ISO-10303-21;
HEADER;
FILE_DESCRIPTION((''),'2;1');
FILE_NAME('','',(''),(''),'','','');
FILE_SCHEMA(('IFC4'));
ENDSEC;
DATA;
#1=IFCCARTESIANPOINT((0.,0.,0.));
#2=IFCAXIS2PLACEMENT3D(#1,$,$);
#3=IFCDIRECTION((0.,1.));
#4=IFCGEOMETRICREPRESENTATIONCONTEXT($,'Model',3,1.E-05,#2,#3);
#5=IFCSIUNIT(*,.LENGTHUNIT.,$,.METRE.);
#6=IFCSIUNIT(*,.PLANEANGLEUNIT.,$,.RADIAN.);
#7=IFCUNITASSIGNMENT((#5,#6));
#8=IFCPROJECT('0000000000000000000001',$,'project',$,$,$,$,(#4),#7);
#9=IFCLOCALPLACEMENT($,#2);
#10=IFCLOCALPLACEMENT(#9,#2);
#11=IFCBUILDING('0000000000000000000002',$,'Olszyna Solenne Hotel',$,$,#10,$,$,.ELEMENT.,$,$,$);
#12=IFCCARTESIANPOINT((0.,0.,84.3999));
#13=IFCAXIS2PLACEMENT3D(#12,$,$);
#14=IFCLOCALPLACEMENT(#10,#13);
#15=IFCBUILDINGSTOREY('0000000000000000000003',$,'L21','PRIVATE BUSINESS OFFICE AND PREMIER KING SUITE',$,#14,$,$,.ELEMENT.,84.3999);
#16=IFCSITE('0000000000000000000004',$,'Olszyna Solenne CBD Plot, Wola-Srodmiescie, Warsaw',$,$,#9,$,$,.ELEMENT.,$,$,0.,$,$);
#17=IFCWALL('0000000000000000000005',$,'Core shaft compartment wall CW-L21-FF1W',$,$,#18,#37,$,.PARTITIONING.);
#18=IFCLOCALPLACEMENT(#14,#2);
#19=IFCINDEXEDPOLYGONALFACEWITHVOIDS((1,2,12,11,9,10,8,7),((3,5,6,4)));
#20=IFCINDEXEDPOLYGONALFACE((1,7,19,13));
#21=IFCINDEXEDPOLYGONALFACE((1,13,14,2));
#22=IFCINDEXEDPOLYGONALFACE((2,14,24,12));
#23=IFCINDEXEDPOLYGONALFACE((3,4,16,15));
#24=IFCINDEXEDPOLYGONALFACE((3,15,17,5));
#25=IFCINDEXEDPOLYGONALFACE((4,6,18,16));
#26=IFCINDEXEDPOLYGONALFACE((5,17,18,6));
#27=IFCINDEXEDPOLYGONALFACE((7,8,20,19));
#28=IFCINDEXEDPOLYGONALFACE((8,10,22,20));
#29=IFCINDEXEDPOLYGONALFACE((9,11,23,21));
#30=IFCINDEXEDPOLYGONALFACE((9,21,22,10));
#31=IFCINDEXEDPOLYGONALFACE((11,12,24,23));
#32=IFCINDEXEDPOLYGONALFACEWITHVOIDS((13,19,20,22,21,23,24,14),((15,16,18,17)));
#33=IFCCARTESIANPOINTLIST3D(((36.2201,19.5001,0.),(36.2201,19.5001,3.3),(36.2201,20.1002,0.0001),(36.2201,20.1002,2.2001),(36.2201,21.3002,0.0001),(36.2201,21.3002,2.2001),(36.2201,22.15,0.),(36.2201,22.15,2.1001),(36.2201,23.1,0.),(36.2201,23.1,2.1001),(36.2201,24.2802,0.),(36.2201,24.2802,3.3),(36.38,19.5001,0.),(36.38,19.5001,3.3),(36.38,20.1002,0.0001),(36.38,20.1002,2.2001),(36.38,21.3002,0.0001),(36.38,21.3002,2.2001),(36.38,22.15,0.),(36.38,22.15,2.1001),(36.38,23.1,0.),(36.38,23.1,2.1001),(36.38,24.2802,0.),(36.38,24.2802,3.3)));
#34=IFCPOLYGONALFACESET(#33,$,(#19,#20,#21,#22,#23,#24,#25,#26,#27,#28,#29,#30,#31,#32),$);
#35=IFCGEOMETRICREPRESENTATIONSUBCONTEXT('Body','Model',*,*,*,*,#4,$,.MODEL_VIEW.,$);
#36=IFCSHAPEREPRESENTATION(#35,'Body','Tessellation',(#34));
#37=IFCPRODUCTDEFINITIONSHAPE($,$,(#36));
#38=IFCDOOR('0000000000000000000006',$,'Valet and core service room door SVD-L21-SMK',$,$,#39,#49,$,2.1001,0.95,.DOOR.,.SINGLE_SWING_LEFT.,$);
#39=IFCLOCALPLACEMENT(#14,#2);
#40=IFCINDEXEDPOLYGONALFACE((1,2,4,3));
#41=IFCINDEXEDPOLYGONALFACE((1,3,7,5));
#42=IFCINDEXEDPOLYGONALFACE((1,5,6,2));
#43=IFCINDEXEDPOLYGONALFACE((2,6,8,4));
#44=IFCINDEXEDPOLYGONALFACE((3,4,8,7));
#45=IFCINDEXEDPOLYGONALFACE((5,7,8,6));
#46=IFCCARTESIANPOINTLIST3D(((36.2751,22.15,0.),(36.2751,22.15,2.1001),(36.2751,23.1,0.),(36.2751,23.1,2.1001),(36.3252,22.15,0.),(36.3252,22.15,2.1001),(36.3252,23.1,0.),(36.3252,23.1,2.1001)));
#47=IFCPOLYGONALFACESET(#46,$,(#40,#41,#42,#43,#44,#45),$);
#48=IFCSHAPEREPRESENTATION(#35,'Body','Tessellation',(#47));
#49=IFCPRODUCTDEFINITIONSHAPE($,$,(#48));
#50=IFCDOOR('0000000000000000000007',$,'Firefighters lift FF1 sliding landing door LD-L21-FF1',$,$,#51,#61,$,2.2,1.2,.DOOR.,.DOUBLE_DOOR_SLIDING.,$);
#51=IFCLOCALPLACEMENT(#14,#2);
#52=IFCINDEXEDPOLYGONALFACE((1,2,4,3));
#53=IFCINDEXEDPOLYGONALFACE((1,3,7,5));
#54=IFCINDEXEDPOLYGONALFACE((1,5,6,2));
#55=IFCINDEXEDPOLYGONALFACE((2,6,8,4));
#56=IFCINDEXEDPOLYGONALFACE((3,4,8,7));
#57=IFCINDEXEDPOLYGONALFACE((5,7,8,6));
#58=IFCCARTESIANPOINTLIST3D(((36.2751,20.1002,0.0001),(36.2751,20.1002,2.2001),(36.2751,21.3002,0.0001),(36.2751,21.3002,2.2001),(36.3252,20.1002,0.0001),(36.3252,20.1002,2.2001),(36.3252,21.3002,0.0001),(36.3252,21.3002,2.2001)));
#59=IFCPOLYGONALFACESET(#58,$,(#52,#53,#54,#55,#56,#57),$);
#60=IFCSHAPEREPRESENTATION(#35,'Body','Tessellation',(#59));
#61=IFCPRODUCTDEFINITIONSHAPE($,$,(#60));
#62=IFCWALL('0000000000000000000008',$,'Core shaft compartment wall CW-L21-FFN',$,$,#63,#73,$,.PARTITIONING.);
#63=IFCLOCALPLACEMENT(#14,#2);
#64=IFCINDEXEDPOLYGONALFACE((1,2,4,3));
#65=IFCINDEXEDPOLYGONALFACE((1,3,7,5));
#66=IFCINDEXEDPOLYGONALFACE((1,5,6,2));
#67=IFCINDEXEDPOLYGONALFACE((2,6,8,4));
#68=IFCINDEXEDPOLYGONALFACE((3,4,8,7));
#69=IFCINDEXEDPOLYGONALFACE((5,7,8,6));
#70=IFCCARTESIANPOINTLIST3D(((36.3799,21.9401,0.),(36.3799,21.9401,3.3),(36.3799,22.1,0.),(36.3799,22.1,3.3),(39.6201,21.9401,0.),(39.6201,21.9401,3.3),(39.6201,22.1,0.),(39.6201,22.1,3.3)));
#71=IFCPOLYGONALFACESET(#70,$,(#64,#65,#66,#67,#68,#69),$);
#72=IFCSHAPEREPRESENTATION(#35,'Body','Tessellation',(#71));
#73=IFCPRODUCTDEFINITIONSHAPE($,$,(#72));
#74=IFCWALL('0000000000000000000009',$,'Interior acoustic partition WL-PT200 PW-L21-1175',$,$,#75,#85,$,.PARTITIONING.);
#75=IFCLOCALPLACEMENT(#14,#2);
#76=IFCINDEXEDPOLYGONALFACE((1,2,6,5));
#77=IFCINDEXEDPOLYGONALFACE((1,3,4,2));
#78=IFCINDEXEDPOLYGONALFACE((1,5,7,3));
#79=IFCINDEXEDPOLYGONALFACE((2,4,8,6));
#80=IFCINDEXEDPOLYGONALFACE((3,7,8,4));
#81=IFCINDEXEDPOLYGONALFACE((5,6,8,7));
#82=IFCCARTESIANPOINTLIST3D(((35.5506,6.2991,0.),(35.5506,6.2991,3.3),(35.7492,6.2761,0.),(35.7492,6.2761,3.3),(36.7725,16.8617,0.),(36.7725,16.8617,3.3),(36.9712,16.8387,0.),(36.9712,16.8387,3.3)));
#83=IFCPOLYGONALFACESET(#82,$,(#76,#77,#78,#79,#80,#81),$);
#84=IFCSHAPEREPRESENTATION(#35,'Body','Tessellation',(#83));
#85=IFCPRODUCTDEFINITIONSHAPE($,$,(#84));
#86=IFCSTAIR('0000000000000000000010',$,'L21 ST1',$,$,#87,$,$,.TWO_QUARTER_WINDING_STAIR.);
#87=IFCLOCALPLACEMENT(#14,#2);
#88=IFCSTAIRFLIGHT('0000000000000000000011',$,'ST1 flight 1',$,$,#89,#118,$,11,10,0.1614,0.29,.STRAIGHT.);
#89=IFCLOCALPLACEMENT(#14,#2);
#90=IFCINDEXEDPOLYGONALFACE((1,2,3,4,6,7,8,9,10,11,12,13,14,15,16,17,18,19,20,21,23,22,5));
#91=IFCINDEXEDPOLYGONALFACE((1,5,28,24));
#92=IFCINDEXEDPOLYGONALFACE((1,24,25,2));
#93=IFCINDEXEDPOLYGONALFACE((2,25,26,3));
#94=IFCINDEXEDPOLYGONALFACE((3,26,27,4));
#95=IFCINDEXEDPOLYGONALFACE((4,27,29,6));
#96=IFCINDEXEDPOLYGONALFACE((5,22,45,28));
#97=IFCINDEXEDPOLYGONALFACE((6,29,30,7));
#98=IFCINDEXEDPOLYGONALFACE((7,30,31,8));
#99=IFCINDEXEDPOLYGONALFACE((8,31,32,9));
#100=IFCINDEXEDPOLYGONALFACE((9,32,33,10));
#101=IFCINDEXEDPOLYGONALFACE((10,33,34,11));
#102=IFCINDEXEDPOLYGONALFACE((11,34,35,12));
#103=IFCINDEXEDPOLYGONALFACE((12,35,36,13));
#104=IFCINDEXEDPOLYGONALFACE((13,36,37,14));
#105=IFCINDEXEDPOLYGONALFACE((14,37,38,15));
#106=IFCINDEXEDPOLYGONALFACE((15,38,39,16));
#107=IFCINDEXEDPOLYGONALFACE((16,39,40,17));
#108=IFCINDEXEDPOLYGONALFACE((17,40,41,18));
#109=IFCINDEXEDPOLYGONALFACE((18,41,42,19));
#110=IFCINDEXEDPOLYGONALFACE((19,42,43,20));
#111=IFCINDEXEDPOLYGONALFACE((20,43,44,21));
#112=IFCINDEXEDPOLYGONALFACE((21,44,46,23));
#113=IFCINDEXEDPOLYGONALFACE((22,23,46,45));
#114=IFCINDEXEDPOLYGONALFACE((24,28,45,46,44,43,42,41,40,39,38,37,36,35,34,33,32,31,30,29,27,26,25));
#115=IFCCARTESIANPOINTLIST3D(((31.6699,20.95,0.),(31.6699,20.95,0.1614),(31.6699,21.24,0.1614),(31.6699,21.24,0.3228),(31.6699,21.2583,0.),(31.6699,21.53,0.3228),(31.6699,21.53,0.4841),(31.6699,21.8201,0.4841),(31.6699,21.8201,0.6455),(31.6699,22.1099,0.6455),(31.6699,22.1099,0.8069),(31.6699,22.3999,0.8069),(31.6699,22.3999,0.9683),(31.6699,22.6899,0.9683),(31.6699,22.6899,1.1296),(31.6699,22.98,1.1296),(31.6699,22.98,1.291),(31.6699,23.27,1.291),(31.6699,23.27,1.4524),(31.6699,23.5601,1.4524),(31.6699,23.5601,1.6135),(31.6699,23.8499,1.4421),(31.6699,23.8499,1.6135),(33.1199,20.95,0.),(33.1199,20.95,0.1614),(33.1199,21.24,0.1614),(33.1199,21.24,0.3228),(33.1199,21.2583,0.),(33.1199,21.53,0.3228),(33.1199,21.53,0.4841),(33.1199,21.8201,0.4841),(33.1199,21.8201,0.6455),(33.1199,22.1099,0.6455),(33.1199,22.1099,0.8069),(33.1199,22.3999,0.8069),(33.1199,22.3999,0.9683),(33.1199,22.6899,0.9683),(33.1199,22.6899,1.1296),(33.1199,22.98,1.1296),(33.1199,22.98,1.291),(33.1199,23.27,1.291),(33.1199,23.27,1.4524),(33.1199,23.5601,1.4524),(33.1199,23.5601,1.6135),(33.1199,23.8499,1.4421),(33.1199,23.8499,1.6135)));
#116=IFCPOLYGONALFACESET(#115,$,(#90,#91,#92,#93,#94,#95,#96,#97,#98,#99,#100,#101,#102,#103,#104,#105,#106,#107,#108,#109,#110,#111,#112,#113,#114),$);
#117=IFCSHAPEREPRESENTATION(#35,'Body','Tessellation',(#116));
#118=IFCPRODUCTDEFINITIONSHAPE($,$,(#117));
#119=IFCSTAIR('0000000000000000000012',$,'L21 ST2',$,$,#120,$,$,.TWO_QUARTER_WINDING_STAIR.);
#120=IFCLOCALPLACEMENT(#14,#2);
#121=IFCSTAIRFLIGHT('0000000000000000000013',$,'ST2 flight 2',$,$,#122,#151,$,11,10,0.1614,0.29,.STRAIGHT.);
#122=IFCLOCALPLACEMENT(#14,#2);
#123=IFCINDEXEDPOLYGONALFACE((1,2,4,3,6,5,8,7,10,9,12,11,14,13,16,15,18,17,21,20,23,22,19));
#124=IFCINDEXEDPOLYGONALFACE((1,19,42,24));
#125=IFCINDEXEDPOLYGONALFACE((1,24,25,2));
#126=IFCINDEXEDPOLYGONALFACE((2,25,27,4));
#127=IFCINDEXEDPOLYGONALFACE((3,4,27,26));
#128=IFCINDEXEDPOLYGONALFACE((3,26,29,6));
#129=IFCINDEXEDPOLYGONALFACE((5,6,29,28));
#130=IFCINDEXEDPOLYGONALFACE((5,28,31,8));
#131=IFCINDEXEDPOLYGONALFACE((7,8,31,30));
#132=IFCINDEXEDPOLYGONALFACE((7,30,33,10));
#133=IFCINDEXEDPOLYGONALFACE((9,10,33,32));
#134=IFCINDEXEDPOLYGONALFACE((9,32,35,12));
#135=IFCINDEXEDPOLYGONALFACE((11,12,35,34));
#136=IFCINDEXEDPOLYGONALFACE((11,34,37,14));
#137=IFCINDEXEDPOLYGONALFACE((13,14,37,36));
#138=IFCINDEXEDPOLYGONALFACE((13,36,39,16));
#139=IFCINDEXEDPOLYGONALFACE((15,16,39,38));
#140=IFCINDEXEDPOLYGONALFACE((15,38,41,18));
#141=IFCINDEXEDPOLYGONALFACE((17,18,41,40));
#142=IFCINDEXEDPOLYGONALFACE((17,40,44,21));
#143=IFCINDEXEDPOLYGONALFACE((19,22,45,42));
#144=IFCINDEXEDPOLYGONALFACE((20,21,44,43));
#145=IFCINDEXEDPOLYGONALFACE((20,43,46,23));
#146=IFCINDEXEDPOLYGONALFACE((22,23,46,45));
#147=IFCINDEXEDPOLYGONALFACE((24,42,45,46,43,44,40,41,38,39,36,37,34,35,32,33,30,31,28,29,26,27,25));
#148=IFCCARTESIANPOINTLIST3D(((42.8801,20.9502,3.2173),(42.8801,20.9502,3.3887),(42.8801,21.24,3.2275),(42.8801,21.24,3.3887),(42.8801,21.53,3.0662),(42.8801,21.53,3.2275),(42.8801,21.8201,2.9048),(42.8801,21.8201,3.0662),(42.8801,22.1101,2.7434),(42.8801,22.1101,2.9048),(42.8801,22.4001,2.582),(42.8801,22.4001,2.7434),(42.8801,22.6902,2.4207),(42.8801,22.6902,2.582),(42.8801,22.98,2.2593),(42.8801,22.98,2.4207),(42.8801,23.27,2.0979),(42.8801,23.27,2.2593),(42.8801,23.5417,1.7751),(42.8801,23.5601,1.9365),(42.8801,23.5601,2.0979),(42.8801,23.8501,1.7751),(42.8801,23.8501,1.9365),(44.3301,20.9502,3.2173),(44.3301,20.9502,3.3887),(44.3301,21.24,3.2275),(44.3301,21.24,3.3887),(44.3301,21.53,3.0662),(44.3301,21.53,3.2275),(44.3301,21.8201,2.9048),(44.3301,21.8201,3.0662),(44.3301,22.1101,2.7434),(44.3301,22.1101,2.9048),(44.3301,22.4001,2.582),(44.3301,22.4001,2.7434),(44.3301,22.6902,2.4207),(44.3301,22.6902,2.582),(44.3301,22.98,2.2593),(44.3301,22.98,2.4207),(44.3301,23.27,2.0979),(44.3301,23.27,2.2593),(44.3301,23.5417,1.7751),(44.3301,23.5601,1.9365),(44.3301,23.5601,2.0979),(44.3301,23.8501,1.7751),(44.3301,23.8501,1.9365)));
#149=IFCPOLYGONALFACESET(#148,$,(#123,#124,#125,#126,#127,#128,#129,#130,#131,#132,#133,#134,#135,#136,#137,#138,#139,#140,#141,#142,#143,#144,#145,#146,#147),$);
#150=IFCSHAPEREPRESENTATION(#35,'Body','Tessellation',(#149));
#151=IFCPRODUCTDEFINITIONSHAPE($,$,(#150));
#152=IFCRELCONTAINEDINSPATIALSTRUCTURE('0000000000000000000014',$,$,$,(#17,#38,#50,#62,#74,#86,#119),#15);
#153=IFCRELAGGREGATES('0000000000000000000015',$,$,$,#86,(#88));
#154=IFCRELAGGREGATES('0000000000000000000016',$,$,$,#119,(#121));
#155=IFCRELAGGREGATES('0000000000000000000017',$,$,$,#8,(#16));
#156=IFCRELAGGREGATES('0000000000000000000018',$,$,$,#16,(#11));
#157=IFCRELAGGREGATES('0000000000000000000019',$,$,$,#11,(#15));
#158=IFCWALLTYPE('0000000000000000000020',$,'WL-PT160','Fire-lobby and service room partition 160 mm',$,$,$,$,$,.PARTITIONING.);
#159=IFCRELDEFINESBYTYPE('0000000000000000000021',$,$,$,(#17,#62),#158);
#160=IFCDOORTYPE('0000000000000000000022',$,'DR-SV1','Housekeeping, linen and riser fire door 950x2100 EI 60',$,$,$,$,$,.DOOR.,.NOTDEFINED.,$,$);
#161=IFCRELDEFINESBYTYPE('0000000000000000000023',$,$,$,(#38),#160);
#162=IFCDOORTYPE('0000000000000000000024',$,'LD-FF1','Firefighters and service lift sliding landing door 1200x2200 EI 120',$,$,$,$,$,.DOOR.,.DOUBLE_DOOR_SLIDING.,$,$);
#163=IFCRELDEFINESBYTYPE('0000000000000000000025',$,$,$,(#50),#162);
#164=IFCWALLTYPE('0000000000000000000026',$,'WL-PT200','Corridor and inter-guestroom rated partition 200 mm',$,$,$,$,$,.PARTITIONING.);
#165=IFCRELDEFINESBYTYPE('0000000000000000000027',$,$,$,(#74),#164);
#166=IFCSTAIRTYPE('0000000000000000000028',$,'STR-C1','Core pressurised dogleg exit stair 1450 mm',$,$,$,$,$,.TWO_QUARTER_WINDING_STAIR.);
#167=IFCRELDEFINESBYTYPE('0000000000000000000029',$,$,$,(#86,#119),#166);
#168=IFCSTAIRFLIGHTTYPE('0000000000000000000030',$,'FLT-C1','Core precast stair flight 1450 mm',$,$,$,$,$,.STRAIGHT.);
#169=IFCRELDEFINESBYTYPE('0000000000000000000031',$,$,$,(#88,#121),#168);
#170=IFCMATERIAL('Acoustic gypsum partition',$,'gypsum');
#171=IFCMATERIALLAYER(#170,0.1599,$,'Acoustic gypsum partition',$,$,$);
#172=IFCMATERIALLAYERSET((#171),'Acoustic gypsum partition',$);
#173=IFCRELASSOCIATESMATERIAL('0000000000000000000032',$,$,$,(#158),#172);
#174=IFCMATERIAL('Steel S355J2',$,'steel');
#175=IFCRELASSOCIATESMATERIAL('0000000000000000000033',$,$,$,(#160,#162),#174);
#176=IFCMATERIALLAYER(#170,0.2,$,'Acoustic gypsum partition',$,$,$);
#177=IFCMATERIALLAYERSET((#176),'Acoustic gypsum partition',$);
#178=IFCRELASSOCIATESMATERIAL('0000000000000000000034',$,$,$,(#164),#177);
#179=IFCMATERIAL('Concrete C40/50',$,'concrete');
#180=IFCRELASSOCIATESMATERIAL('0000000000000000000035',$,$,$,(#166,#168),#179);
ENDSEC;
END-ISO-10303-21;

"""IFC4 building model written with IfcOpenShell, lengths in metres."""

from ifc_helpers import new_model, si_unit, direction, frame, frame_2d, origin, place, context, subcontext, project, spatial, polyline, rectangle, outline, extrude, source, transform, mapped, material, layer, layer_set, type_object, type_shapes, element, fill, aggregate, save


model = new_model("IFC4")

# Units and contexts
model_context = context("Model", 3, precision=1e-05, world=origin(), true_north=direction((0.0, 1.0)))
body_context = subcontext(model_context, "Body", "Model", "MODEL_VIEW")
ifc_project = project(units=[si_unit("LENGTHUNIT", "METRE"), si_unit("PLANEANGLEUNIT", "RADIAN")], contexts=[model_context])

# Site, building, storey
site_placement = place(None, origin())
site = spatial("IfcSite", under=ifc_project, at=site_placement, Name="Olszyna Solenne CBD Plot, Wola-Srodmiescie, Warsaw", CompositionType="ELEMENT", RefElevation=0.0)
building_placement = place(site_placement, origin())
building = spatial("IfcBuilding", under=site, at=building_placement, Name="Olszyna Solenne Hotel", CompositionType="ELEMENT")
storey_placement = place(building_placement, frame((0.0, 0.0, 84.3999)))
storey = spatial("IfcBuildingStorey", under=building, at=storey_placement, Name="L21", Description="PRIVATE BUSINESS OFFICE AND PREMIER KING SUITE", CompositionType="ELEMENT", Elevation=84.3999)

# Shared definitions
ifc_material_1 = material(Name="Steel S355J2", Category="steel")

# Shared definitions
ifc_material_2 = material(Name="Acoustic gypsum partition", Category="gypsum")

# Shared definitions
ifc_layer_1 = layer(ifc_material_2, 0.1599, Name="Acoustic gypsum partition")
ifc_layer_set_1 = layer_set([ifc_layer_1], Name="Acoustic gypsum partition")
wall_type_1 = type_object("IfcWallType", Name="WL-PT160", Description="Fire-lobby and service room partition 160 mm", PredefinedType="PARTITIONING", material=ifc_layer_set_1)

# Wall, openings, doors
wall_1_placement = place(storey_placement, frame((36.3, 19.5, 0.0), z_axis=(0.0, 0.0, 1.0), x_axis=(0.0, 1.0, 0.0)))
wall_1 = element("IfcWall", 1, at=wall_1_placement, inside=storey, type_object=wall_type_1, Name="Core shaft compartment wall CW-L21-FF1W", PredefinedType="PARTITIONING", context=body_context, shape_type="SweptSolid", body=[
    extrude(rectangle(XDim=4.78, YDim=0.1599, at=frame_2d((2.3901, 0.0))), origin(), (0.0, 0.0, 1.0), 3.3),
])
opening_1_placement = place(wall_1_placement, frame((0.6001, 0.0, 0.0)))
opening_1 = element("IfcOpeningElement", 2, at=opening_1_placement, cuts=wall_1, PredefinedType="OPENING", context=body_context, shape_type="SweptSolid", body=[
    extrude(rectangle(XDim=1.2, YDim=2.2, at=frame_2d((0.6001, 1.1001))), frame((0.0, 0.0898, 0.0), z_axis=(0.0, -1.0, 0.0), x_axis=(1.0, 0.0, 0.0)), (0.0, 0.0, 1.0), 0.1799),
])
opening_2_placement = place(wall_1_placement, frame((2.6499, 0.0, 0.0)))
opening_2 = element("IfcOpeningElement", 3, at=opening_2_placement, cuts=wall_1, PredefinedType="OPENING", context=body_context, shape_type="SweptSolid", body=[
    extrude(rectangle(XDim=0.95, YDim=2.1001, at=frame_2d((0.4751, 1.05))), frame((0.0, 0.0898, 0.0), z_axis=(0.0, -1.0, 0.0), x_axis=(1.0, 0.0, 0.0)), (0.0, 0.0, 1.0), 0.1799),
])
door_type_1 = type_object("IfcDoorType", Name="DR-SV1", Description="Housekeeping, linen and riser fire door 950x2100 EI 60", OperationType="NOTDEFINED", PredefinedType="DOOR", material=ifc_material_1)
shared_shape_1 = source(origin(), body_context, "Body", "SweptSolid", [
    extrude(rectangle(XDim=0.95, YDim=2.1001, at=frame_2d((0.4751, 1.05))), frame((0.0, 0.0249, 0.0), z_axis=(0.0, -1.0, 0.0), x_axis=(1.0, 0.0, 0.0)), (0.0, 0.0, 1.0), 0.05),
])
type_shapes(door_type_1, [shared_shape_1])
door_1_placement = place(opening_2_placement, origin())
door_1 = element("IfcDoor", 4, at=door_1_placement, inside=storey, type_object=door_type_1, Name="Valet and core service room door SVD-L21-SMK", OperationType="SINGLE_SWING_LEFT", OverallHeight=2.1001, OverallWidth=0.95, PredefinedType="DOOR", context=body_context, shape_type="MappedRepresentation", body=[
    mapped(shared_shape_1, transform((0.0, 0.0, 0.0), x_axis=(1.0, 0.0, 0.0), y_axis=(0.0, 1.0, 0.0), z_axis=(0.0, 0.0, 1.0), scale=1.0)),
])
fill(opening_2, door_1)
door_type_2 = type_object("IfcDoorType", Name="LD-FF1", Description="Firefighters and service lift sliding landing door 1200x2200 EI 120", OperationType="DOUBLE_DOOR_SLIDING", PredefinedType="DOOR", material=ifc_material_1)
shared_shape_2 = source(origin(), body_context, "Body", "SweptSolid", [
    extrude(rectangle(XDim=1.2, YDim=2.2, at=frame_2d((0.6001, 1.1001))), frame((0.0, 0.0249, 0.0), z_axis=(0.0, -1.0, 0.0), x_axis=(1.0, 0.0, 0.0)), (0.0, 0.0, 1.0), 0.05),
])
type_shapes(door_type_2, [shared_shape_2])
door_2_placement = place(opening_1_placement, origin())
door_2 = element("IfcDoor", 5, at=door_2_placement, inside=storey, type_object=door_type_2, Name="Firefighters lift FF1 sliding landing door LD-L21-FF1", OperationType="DOUBLE_DOOR_SLIDING", OverallHeight=2.2, OverallWidth=1.2, PredefinedType="DOOR", context=body_context, shape_type="MappedRepresentation", body=[
    mapped(shared_shape_2, transform((0.0, 0.0, 0.0), x_axis=(1.0, 0.0, 0.0), y_axis=(0.0, 1.0, 0.0), z_axis=(0.0, 0.0, 1.0), scale=1.0)),
])
fill(opening_1, door_2)

# Walls
wall_2_placement = place(storey_placement, frame((36.3799, 22.02, 0.0), z_axis=(0.0, 0.0, 1.0), x_axis=(1.0, 0.0, 0.0)))
element("IfcWall", 6, at=wall_2_placement, inside=storey, type_object=wall_type_1, Name="Core shaft compartment wall CW-L21-FFN", PredefinedType="PARTITIONING", context=body_context, shape_type="SweptSolid", body=[
    extrude(rectangle(XDim=3.2402, YDim=0.1599, at=frame_2d((1.6201, 0.0))), origin(), (0.0, 0.0, 1.0), 3.3),
])
ifc_layer_2 = layer(ifc_material_2, 0.2, Name="Acoustic gypsum partition")
ifc_layer_set_2 = layer_set([ifc_layer_2], Name="Acoustic gypsum partition")
wall_type_2 = type_object("IfcWallType", Name="WL-PT200", Description="Corridor and inter-guestroom rated partition 200 mm", PredefinedType="PARTITIONING", material=ifc_layer_set_2)
wall_3_placement = place(storey_placement, frame((36.8718, 16.8501, 0.0), z_axis=(0.0, 0.0, 1.0), x_axis=(-0.114919, -0.993375, 0.0)))
element("IfcWall", 7, at=wall_3_placement, inside=storey, type_object=wall_type_2, Name="Interior acoustic partition WL-PT200 PW-L21-1175", PredefinedType="PARTITIONING", context=body_context, shape_type="SweptSolid", body=[
    extrude(rectangle(XDim=10.6331, YDim=0.2, at=frame_2d((5.3164, 0.0))), origin(), (0.0, 0.0, 1.0), 3.3),
])

# Stairs, stair flights
ifc_material_3 = material(Name="Concrete C40/50", Category="concrete")
stair_type = type_object("IfcStairType", Name="STR-C1", Description="Core pressurised dogleg exit stair 1450 mm", PredefinedType="TWO_QUARTER_WINDING_STAIR", material=ifc_material_3)
stair_1_placement = place(storey_placement, origin())
stair_1 = element("IfcStair", 8, at=stair_1_placement, inside=storey, type_object=stair_type, Name="L21 ST1", PredefinedType="TWO_QUARTER_WINDING_STAIR")
stair_flight_type = type_object("IfcStairFlightType", Name="FLT-C1", Description="Core precast stair flight 1450 mm", PredefinedType="STRAIGHT", material=ifc_material_3)
stair_flight_1_placement = place(storey_placement, frame((32.395, 20.95, 0.0), z_axis=(0.0, 0.0, 1.0), x_axis=(0.0, 1.0, 0.0)))
stair_flight_1 = element("IfcStairFlight", 9, at=stair_flight_1_placement, type_object=stair_flight_type, Name="ST1 flight 1", NumberOfRisers=11, NumberOfTreads=10, PredefinedType="STRAIGHT", RiserHeight=0.1614, TreadLength=0.29, context=body_context, shape_type="SweptSolid", body=[
    extrude(outline(polyline([(0.0, 0.0), (0.0, 0.1614), (0.29, 0.1614), (0.29, 0.3228), (0.5801, 0.3228), (0.5801, 0.4841), (0.8701, 0.4841), (0.8701, 0.6455), (1.1599, 0.6455), (1.1599, 0.8069), (1.45, 0.8069), (1.45, 0.9683), (1.74, 0.9683), (1.74, 1.1296), (2.03, 1.1296), (2.03, 1.291), (2.3201, 1.291), (2.3201, 1.4524), (2.6101, 1.4524), (2.6101, 1.6135), (2.8999, 1.6135), (2.8999, 1.7749), (2.8999, 1.4421), (0.3083, 0.0), (0.0, 0.0)])), frame((0.0, 0.7251, 0.0), z_axis=(0.0, -1.0, 0.0), x_axis=(1.0, 0.0, 0.0)), (0.0, 0.0, 1.0), 1.45),
])
aggregate(stair_1, [stair_flight_1])
stair_2_placement = place(storey_placement, origin())
stair_2 = element("IfcStair", 10, at=stair_2_placement, inside=storey, type_object=stair_type, Name="L21 ST2", PredefinedType="TWO_QUARTER_WINDING_STAIR")
stair_flight_2_placement = place(storey_placement, frame((43.605, 23.8501, 1.7751), z_axis=(0.0, 0.0, 1.0), x_axis=(0.0, -1.0, 0.0)))
stair_flight_2 = element("IfcStairFlight", 11, at=stair_flight_2_placement, type_object=stair_flight_type, Name="ST2 flight 2", NumberOfRisers=11, NumberOfTreads=10, PredefinedType="STRAIGHT", RiserHeight=0.1614, TreadLength=0.29, context=body_context, shape_type="SweptSolid", body=[
    extrude(outline(polyline([(0.0, 0.0), (0.0, 0.1614), (0.29, 0.1614), (0.29, 0.3228), (0.5801, 0.3228), (0.5801, 0.4841), (0.8701, 0.4841), (0.8701, 0.6455), (1.1599, 0.6455), (1.1599, 0.8069), (1.45, 0.8069), (1.45, 0.9683), (1.74, 0.9683), (1.74, 1.1296), (2.03, 1.1296), (2.03, 1.291), (2.3201, 1.291), (2.3201, 1.4524), (2.6101, 1.4524), (2.6101, 1.6135), (2.8999, 1.6135), (2.8999, 1.7749), (2.8999, 1.4421), (0.3083, 0.0), (0.0, 0.0)])), frame((0.0, 0.7251, 0.0), z_axis=(0.0, -1.0, 0.0), x_axis=(1.0, 0.0, 0.0)), (0.0, 0.0, 1.0), 1.45),
])
aggregate(stair_2, [stair_flight_2])

save(model, "model.ifc")
